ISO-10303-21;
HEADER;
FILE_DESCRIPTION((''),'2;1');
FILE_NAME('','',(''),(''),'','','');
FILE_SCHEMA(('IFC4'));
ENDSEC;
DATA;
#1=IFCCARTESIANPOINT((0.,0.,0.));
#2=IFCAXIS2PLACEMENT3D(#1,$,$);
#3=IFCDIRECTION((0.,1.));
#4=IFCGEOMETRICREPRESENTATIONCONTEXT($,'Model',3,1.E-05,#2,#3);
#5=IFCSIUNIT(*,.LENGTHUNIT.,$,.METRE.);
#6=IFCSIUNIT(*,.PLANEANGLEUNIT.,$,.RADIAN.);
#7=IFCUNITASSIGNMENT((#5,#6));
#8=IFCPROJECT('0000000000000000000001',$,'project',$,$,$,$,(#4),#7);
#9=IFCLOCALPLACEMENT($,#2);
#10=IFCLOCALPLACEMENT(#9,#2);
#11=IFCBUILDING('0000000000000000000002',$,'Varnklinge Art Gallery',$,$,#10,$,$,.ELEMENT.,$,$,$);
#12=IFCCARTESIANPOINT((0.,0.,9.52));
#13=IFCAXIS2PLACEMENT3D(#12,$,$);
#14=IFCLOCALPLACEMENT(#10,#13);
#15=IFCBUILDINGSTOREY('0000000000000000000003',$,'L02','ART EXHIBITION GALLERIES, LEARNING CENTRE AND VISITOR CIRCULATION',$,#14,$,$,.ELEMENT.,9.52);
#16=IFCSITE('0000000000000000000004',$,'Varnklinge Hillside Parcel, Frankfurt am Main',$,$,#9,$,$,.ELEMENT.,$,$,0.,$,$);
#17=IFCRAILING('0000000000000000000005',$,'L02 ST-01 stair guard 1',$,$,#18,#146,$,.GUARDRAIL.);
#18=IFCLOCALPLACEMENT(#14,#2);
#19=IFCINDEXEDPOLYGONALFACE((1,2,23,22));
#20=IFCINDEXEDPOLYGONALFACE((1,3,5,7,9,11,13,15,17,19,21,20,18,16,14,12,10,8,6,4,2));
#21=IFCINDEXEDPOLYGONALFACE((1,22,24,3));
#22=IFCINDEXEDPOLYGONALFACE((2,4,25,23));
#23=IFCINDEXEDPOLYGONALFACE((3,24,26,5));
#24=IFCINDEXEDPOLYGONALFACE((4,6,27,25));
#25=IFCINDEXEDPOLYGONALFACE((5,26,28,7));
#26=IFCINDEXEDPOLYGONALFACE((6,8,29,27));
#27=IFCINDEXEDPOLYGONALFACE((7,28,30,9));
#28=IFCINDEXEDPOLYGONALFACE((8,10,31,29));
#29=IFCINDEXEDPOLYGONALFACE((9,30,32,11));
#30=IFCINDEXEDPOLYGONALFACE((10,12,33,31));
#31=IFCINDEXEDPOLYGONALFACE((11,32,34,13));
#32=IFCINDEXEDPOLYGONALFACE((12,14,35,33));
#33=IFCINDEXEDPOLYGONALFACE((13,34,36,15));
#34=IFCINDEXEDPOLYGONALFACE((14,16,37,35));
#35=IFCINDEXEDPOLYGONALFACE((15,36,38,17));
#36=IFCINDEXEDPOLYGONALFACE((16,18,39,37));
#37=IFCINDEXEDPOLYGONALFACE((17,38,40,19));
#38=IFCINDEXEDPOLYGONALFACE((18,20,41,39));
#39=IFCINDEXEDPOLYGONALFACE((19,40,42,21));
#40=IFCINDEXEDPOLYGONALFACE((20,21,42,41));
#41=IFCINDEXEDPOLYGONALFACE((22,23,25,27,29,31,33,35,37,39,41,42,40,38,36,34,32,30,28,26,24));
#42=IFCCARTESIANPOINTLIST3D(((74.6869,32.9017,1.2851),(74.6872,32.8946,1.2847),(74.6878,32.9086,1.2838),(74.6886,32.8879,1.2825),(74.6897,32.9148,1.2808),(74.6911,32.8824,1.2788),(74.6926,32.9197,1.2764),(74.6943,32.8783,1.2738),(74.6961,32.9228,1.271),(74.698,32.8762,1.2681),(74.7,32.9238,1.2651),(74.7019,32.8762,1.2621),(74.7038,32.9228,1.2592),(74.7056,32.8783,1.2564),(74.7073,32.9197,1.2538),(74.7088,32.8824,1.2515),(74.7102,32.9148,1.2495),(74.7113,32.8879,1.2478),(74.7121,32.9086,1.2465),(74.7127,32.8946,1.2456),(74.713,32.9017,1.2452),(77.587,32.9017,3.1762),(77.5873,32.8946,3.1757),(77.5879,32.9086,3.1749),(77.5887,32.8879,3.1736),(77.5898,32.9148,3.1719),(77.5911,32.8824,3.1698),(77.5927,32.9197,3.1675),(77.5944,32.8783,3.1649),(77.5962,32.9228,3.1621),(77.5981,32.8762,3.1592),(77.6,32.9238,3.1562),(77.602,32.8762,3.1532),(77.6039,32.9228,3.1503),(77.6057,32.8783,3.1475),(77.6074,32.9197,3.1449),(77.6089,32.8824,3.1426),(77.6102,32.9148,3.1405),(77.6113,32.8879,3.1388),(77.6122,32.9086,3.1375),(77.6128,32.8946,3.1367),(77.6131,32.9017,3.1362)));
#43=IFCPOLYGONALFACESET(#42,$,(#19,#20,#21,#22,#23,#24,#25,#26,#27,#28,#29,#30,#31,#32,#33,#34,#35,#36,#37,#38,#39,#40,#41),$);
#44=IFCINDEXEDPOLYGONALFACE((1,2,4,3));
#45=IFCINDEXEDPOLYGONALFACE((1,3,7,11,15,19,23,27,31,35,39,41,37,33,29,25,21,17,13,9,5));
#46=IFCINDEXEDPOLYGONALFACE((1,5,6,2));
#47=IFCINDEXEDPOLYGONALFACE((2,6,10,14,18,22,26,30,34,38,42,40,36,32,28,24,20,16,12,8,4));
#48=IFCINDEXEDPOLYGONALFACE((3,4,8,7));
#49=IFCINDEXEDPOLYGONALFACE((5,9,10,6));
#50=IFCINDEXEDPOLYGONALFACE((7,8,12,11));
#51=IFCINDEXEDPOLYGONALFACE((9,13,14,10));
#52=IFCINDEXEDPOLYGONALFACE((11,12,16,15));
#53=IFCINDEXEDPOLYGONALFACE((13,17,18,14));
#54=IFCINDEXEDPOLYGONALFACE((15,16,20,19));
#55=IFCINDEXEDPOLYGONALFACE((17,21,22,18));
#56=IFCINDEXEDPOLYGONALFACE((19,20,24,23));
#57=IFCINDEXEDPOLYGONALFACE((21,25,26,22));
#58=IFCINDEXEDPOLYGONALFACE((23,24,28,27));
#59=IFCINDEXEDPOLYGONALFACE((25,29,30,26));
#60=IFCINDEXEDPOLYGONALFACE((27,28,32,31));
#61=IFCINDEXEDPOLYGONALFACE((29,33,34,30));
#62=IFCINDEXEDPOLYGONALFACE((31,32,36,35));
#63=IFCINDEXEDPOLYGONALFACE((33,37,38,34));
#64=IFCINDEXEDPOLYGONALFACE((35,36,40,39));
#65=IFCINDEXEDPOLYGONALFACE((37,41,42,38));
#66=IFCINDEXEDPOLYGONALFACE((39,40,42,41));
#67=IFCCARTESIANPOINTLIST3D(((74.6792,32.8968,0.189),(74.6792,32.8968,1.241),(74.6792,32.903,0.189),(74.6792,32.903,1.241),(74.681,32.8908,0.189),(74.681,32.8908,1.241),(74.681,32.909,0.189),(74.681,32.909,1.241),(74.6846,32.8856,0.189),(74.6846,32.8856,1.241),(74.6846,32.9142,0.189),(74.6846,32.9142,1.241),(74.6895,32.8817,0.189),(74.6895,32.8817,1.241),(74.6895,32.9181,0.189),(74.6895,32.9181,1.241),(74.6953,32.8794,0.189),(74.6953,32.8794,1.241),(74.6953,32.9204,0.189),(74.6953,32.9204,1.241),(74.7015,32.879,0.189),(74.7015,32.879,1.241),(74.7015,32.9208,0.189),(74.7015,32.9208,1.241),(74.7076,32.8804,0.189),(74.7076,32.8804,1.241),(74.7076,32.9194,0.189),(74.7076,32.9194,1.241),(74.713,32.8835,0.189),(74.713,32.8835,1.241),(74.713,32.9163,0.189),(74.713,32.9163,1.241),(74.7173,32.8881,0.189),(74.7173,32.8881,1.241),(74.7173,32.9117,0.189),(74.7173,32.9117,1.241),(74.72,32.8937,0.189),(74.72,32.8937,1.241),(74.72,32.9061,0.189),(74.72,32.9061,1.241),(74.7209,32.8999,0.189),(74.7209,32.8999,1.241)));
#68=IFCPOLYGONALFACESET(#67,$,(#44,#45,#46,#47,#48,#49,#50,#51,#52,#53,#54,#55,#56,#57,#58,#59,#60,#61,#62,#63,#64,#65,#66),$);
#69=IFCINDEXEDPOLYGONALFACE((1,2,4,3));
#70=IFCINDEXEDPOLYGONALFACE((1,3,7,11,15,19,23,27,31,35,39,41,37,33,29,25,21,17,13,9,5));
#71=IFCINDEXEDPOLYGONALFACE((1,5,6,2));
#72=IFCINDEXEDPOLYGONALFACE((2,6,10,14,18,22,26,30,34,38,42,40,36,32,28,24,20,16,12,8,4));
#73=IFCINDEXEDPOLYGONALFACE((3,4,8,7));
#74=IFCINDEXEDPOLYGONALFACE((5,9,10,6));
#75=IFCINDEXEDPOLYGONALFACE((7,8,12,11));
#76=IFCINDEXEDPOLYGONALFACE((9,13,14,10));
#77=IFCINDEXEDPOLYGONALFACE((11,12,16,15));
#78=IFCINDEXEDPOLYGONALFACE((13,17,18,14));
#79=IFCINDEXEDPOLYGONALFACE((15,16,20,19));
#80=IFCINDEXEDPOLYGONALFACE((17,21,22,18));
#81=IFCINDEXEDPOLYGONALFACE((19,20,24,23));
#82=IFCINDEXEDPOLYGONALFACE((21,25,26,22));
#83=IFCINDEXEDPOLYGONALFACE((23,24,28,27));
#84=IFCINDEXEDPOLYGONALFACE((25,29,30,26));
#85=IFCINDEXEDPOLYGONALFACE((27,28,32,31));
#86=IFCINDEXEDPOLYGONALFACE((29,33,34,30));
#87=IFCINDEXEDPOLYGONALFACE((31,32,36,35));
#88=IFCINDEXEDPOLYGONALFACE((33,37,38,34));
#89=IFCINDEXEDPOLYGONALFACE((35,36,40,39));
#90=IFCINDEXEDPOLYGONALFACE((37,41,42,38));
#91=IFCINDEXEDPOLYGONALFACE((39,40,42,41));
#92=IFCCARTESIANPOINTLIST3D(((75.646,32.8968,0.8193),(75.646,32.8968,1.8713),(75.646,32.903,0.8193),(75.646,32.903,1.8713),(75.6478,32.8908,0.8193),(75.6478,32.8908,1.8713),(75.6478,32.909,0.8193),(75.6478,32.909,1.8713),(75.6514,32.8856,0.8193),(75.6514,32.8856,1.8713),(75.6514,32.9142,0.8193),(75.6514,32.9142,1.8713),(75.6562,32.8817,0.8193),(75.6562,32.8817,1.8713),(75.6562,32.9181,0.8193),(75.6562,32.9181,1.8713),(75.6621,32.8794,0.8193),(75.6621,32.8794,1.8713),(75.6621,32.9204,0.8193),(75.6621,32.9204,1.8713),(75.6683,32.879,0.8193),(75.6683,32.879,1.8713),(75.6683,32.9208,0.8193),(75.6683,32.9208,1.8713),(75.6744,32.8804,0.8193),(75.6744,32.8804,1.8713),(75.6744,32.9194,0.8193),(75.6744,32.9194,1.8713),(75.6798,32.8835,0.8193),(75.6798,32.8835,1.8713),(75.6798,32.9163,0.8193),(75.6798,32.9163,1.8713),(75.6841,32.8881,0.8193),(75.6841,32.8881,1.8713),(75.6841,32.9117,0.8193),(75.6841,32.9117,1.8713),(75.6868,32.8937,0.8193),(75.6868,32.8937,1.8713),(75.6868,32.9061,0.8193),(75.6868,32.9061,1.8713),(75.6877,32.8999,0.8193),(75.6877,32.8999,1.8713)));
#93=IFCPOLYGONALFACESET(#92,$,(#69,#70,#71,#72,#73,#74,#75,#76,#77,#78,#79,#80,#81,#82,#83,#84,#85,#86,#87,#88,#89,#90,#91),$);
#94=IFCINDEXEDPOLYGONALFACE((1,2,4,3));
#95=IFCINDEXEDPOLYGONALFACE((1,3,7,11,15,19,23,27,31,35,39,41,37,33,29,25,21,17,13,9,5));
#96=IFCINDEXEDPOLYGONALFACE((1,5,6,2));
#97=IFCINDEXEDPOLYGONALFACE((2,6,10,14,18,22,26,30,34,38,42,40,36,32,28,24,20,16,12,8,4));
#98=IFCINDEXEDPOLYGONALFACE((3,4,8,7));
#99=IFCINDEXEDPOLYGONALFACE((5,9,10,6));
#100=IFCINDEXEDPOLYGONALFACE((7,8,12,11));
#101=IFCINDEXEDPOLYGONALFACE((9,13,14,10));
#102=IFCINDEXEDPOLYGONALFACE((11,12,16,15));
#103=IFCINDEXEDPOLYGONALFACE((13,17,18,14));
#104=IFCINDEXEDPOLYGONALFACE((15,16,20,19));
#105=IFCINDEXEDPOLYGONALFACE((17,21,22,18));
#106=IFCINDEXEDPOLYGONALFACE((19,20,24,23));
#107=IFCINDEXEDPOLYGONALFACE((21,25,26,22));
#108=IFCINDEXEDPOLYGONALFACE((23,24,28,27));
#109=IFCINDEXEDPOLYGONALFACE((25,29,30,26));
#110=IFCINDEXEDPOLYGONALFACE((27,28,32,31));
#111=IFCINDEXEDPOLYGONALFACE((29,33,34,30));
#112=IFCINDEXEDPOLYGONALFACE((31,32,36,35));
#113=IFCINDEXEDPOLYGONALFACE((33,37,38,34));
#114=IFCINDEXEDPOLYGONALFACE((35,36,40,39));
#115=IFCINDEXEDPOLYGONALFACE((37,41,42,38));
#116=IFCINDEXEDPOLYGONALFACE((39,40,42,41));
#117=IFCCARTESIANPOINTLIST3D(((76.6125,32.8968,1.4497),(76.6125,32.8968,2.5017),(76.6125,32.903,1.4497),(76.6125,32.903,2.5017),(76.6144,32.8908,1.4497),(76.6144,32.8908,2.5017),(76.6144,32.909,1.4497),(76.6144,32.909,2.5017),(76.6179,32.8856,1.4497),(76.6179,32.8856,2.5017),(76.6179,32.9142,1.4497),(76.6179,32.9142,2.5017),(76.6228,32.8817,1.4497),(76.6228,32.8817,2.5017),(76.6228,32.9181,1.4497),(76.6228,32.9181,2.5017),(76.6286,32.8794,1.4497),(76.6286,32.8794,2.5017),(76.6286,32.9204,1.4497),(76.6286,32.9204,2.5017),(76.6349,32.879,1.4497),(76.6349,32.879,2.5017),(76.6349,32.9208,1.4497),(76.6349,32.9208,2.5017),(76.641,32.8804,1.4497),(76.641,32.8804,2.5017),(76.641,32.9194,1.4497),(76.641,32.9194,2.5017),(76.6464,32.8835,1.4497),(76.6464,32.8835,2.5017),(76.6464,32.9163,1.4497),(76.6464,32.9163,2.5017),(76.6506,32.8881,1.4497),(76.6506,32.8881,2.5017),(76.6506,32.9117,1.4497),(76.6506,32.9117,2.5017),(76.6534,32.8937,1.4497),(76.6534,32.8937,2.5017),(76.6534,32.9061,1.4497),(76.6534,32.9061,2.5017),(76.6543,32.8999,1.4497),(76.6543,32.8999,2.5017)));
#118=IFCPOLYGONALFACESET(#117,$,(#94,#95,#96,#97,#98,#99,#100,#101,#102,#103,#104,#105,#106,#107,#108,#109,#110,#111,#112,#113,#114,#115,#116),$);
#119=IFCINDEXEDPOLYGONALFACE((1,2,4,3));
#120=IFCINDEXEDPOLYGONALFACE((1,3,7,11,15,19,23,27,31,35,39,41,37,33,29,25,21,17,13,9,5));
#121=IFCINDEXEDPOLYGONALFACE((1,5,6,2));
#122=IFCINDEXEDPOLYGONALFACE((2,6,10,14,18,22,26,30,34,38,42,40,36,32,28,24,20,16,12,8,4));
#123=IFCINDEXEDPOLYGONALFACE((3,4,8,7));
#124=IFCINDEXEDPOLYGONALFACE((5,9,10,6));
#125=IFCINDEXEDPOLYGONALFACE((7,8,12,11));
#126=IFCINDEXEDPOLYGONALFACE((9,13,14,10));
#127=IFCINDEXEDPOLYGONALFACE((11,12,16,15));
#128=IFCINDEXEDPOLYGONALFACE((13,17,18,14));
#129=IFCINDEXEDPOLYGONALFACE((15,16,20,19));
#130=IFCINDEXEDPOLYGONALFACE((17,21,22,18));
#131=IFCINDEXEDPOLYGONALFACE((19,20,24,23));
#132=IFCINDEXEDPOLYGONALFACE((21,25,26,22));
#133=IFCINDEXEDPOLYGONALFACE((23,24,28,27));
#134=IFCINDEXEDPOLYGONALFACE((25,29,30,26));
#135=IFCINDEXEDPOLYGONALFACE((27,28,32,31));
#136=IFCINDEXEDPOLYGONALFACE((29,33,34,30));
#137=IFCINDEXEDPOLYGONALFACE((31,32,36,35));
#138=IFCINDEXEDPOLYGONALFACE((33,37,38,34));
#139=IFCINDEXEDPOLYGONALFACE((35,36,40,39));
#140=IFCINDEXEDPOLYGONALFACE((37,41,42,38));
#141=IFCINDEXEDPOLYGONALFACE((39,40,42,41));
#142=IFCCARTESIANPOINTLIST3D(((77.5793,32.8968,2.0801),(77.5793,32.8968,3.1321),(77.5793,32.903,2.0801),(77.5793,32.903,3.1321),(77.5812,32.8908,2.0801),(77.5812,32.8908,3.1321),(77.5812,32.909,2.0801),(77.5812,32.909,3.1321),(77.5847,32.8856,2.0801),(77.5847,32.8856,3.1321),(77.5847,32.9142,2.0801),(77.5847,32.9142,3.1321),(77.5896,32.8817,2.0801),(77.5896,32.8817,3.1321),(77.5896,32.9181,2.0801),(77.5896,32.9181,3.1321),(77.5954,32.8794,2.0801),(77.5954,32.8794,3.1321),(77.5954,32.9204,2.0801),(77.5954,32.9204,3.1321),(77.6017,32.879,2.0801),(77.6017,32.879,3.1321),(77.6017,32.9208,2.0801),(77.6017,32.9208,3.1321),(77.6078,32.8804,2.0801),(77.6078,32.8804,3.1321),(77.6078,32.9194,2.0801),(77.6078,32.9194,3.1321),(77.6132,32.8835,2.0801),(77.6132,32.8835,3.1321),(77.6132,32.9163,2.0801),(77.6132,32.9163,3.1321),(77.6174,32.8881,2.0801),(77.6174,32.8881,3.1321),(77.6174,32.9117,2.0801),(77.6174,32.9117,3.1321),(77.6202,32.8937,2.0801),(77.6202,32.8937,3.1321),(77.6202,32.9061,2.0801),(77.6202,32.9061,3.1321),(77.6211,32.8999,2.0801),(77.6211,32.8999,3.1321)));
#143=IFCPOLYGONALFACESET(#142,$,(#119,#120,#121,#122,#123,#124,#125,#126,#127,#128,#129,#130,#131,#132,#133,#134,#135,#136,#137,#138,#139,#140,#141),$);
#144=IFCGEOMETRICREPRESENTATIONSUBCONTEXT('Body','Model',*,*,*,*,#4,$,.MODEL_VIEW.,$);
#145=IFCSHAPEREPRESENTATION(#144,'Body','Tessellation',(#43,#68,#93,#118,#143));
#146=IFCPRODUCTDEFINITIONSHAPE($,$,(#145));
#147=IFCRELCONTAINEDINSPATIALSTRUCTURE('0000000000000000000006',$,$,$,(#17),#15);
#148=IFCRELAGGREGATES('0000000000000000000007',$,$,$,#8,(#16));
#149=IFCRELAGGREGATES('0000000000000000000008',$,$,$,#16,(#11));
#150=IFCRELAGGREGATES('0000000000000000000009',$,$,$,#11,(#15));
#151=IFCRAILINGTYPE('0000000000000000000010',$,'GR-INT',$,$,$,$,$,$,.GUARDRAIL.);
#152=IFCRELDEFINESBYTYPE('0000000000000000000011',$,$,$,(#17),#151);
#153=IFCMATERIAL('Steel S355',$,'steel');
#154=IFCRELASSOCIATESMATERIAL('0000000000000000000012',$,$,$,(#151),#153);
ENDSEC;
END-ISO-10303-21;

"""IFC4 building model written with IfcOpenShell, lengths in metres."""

from ifc_helpers import new_model, si_unit, direction, frame, origin, origin_2d, place, context, subcontext, project, spatial, circle, extrude, material, type_object, element, save


model = new_model("IFC4")

# Units and contexts
model_context = context("Model", 3, precision=1e-05, world=origin(), true_north=direction((0.0, 1.0)))
body_context = subcontext(model_context, "Body", "Model", "MODEL_VIEW")
ifc_project = project(units=[si_unit("LENGTHUNIT", "METRE"), si_unit("PLANEANGLEUNIT", "RADIAN")], contexts=[model_context])

# Site, building, storey
site_placement = place(None, origin())
site = spatial("IfcSite", under=ifc_project, at=site_placement, Name="Varnklinge Hillside Parcel, Frankfurt am Main", CompositionType="ELEMENT", RefElevation=0.0)
building_placement = place(site_placement, origin())
building = spatial("IfcBuilding", under=site, at=building_placement, Name="Varnklinge Art Gallery", CompositionType="ELEMENT")
storey_placement = place(building_placement, frame((0.0, 0.0, 9.52)))
storey = spatial("IfcBuildingStorey", under=building, at=storey_placement, Name="L02", Description="ART EXHIBITION GALLERIES, LEARNING CENTRE AND VISITOR CIRCULATION", CompositionType="ELEMENT", Elevation=9.52)

# Railing
ifc_material_1 = material(Name="Steel S355", Category="steel")
railing_type_1 = type_object("IfcRailingType", Name="GR-INT", PredefinedType="GUARDRAIL", material=ifc_material_1)
railing_1_placement = place(storey_placement, frame((74.7, 32.8999, 0.189)))
element("IfcRailing", 1, at=railing_1_placement, inside=storey, type_object=railing_type_1, Name="L02 ST-01 stair guard 1", PredefinedType="GUARDRAIL", context=body_context, shape_type="SweptSolid", body=[
    extrude(circle(Radius=0.0239, at=origin_2d()), frame((0.0, 0.0, 1.0762), z_axis=(0.837648, 0.0, 0.54621), x_axis=(0.0, 1.0, 0.0)), (0.0, 0.0, 1.0), 3.4622),
    extrude(circle(Radius=0.021, at=origin_2d()), origin(), (0.0, 0.0, 1.0), 1.052),
    extrude(circle(Radius=0.021, at=origin_2d()), frame((0.9668, 0.0, 0.6304)), (0.0, 0.0, 1.0), 1.052),
    extrude(circle(Radius=0.021, at=origin_2d()), frame((1.9333, 0.0, 1.2607)), (0.0, 0.0, 1.0), 1.052),
    extrude(circle(Radius=0.021, at=origin_2d()), frame((2.9001, 0.0, 1.8911)), (0.0, 0.0, 1.0), 1.052),
])

save(model, "model.ifc")
